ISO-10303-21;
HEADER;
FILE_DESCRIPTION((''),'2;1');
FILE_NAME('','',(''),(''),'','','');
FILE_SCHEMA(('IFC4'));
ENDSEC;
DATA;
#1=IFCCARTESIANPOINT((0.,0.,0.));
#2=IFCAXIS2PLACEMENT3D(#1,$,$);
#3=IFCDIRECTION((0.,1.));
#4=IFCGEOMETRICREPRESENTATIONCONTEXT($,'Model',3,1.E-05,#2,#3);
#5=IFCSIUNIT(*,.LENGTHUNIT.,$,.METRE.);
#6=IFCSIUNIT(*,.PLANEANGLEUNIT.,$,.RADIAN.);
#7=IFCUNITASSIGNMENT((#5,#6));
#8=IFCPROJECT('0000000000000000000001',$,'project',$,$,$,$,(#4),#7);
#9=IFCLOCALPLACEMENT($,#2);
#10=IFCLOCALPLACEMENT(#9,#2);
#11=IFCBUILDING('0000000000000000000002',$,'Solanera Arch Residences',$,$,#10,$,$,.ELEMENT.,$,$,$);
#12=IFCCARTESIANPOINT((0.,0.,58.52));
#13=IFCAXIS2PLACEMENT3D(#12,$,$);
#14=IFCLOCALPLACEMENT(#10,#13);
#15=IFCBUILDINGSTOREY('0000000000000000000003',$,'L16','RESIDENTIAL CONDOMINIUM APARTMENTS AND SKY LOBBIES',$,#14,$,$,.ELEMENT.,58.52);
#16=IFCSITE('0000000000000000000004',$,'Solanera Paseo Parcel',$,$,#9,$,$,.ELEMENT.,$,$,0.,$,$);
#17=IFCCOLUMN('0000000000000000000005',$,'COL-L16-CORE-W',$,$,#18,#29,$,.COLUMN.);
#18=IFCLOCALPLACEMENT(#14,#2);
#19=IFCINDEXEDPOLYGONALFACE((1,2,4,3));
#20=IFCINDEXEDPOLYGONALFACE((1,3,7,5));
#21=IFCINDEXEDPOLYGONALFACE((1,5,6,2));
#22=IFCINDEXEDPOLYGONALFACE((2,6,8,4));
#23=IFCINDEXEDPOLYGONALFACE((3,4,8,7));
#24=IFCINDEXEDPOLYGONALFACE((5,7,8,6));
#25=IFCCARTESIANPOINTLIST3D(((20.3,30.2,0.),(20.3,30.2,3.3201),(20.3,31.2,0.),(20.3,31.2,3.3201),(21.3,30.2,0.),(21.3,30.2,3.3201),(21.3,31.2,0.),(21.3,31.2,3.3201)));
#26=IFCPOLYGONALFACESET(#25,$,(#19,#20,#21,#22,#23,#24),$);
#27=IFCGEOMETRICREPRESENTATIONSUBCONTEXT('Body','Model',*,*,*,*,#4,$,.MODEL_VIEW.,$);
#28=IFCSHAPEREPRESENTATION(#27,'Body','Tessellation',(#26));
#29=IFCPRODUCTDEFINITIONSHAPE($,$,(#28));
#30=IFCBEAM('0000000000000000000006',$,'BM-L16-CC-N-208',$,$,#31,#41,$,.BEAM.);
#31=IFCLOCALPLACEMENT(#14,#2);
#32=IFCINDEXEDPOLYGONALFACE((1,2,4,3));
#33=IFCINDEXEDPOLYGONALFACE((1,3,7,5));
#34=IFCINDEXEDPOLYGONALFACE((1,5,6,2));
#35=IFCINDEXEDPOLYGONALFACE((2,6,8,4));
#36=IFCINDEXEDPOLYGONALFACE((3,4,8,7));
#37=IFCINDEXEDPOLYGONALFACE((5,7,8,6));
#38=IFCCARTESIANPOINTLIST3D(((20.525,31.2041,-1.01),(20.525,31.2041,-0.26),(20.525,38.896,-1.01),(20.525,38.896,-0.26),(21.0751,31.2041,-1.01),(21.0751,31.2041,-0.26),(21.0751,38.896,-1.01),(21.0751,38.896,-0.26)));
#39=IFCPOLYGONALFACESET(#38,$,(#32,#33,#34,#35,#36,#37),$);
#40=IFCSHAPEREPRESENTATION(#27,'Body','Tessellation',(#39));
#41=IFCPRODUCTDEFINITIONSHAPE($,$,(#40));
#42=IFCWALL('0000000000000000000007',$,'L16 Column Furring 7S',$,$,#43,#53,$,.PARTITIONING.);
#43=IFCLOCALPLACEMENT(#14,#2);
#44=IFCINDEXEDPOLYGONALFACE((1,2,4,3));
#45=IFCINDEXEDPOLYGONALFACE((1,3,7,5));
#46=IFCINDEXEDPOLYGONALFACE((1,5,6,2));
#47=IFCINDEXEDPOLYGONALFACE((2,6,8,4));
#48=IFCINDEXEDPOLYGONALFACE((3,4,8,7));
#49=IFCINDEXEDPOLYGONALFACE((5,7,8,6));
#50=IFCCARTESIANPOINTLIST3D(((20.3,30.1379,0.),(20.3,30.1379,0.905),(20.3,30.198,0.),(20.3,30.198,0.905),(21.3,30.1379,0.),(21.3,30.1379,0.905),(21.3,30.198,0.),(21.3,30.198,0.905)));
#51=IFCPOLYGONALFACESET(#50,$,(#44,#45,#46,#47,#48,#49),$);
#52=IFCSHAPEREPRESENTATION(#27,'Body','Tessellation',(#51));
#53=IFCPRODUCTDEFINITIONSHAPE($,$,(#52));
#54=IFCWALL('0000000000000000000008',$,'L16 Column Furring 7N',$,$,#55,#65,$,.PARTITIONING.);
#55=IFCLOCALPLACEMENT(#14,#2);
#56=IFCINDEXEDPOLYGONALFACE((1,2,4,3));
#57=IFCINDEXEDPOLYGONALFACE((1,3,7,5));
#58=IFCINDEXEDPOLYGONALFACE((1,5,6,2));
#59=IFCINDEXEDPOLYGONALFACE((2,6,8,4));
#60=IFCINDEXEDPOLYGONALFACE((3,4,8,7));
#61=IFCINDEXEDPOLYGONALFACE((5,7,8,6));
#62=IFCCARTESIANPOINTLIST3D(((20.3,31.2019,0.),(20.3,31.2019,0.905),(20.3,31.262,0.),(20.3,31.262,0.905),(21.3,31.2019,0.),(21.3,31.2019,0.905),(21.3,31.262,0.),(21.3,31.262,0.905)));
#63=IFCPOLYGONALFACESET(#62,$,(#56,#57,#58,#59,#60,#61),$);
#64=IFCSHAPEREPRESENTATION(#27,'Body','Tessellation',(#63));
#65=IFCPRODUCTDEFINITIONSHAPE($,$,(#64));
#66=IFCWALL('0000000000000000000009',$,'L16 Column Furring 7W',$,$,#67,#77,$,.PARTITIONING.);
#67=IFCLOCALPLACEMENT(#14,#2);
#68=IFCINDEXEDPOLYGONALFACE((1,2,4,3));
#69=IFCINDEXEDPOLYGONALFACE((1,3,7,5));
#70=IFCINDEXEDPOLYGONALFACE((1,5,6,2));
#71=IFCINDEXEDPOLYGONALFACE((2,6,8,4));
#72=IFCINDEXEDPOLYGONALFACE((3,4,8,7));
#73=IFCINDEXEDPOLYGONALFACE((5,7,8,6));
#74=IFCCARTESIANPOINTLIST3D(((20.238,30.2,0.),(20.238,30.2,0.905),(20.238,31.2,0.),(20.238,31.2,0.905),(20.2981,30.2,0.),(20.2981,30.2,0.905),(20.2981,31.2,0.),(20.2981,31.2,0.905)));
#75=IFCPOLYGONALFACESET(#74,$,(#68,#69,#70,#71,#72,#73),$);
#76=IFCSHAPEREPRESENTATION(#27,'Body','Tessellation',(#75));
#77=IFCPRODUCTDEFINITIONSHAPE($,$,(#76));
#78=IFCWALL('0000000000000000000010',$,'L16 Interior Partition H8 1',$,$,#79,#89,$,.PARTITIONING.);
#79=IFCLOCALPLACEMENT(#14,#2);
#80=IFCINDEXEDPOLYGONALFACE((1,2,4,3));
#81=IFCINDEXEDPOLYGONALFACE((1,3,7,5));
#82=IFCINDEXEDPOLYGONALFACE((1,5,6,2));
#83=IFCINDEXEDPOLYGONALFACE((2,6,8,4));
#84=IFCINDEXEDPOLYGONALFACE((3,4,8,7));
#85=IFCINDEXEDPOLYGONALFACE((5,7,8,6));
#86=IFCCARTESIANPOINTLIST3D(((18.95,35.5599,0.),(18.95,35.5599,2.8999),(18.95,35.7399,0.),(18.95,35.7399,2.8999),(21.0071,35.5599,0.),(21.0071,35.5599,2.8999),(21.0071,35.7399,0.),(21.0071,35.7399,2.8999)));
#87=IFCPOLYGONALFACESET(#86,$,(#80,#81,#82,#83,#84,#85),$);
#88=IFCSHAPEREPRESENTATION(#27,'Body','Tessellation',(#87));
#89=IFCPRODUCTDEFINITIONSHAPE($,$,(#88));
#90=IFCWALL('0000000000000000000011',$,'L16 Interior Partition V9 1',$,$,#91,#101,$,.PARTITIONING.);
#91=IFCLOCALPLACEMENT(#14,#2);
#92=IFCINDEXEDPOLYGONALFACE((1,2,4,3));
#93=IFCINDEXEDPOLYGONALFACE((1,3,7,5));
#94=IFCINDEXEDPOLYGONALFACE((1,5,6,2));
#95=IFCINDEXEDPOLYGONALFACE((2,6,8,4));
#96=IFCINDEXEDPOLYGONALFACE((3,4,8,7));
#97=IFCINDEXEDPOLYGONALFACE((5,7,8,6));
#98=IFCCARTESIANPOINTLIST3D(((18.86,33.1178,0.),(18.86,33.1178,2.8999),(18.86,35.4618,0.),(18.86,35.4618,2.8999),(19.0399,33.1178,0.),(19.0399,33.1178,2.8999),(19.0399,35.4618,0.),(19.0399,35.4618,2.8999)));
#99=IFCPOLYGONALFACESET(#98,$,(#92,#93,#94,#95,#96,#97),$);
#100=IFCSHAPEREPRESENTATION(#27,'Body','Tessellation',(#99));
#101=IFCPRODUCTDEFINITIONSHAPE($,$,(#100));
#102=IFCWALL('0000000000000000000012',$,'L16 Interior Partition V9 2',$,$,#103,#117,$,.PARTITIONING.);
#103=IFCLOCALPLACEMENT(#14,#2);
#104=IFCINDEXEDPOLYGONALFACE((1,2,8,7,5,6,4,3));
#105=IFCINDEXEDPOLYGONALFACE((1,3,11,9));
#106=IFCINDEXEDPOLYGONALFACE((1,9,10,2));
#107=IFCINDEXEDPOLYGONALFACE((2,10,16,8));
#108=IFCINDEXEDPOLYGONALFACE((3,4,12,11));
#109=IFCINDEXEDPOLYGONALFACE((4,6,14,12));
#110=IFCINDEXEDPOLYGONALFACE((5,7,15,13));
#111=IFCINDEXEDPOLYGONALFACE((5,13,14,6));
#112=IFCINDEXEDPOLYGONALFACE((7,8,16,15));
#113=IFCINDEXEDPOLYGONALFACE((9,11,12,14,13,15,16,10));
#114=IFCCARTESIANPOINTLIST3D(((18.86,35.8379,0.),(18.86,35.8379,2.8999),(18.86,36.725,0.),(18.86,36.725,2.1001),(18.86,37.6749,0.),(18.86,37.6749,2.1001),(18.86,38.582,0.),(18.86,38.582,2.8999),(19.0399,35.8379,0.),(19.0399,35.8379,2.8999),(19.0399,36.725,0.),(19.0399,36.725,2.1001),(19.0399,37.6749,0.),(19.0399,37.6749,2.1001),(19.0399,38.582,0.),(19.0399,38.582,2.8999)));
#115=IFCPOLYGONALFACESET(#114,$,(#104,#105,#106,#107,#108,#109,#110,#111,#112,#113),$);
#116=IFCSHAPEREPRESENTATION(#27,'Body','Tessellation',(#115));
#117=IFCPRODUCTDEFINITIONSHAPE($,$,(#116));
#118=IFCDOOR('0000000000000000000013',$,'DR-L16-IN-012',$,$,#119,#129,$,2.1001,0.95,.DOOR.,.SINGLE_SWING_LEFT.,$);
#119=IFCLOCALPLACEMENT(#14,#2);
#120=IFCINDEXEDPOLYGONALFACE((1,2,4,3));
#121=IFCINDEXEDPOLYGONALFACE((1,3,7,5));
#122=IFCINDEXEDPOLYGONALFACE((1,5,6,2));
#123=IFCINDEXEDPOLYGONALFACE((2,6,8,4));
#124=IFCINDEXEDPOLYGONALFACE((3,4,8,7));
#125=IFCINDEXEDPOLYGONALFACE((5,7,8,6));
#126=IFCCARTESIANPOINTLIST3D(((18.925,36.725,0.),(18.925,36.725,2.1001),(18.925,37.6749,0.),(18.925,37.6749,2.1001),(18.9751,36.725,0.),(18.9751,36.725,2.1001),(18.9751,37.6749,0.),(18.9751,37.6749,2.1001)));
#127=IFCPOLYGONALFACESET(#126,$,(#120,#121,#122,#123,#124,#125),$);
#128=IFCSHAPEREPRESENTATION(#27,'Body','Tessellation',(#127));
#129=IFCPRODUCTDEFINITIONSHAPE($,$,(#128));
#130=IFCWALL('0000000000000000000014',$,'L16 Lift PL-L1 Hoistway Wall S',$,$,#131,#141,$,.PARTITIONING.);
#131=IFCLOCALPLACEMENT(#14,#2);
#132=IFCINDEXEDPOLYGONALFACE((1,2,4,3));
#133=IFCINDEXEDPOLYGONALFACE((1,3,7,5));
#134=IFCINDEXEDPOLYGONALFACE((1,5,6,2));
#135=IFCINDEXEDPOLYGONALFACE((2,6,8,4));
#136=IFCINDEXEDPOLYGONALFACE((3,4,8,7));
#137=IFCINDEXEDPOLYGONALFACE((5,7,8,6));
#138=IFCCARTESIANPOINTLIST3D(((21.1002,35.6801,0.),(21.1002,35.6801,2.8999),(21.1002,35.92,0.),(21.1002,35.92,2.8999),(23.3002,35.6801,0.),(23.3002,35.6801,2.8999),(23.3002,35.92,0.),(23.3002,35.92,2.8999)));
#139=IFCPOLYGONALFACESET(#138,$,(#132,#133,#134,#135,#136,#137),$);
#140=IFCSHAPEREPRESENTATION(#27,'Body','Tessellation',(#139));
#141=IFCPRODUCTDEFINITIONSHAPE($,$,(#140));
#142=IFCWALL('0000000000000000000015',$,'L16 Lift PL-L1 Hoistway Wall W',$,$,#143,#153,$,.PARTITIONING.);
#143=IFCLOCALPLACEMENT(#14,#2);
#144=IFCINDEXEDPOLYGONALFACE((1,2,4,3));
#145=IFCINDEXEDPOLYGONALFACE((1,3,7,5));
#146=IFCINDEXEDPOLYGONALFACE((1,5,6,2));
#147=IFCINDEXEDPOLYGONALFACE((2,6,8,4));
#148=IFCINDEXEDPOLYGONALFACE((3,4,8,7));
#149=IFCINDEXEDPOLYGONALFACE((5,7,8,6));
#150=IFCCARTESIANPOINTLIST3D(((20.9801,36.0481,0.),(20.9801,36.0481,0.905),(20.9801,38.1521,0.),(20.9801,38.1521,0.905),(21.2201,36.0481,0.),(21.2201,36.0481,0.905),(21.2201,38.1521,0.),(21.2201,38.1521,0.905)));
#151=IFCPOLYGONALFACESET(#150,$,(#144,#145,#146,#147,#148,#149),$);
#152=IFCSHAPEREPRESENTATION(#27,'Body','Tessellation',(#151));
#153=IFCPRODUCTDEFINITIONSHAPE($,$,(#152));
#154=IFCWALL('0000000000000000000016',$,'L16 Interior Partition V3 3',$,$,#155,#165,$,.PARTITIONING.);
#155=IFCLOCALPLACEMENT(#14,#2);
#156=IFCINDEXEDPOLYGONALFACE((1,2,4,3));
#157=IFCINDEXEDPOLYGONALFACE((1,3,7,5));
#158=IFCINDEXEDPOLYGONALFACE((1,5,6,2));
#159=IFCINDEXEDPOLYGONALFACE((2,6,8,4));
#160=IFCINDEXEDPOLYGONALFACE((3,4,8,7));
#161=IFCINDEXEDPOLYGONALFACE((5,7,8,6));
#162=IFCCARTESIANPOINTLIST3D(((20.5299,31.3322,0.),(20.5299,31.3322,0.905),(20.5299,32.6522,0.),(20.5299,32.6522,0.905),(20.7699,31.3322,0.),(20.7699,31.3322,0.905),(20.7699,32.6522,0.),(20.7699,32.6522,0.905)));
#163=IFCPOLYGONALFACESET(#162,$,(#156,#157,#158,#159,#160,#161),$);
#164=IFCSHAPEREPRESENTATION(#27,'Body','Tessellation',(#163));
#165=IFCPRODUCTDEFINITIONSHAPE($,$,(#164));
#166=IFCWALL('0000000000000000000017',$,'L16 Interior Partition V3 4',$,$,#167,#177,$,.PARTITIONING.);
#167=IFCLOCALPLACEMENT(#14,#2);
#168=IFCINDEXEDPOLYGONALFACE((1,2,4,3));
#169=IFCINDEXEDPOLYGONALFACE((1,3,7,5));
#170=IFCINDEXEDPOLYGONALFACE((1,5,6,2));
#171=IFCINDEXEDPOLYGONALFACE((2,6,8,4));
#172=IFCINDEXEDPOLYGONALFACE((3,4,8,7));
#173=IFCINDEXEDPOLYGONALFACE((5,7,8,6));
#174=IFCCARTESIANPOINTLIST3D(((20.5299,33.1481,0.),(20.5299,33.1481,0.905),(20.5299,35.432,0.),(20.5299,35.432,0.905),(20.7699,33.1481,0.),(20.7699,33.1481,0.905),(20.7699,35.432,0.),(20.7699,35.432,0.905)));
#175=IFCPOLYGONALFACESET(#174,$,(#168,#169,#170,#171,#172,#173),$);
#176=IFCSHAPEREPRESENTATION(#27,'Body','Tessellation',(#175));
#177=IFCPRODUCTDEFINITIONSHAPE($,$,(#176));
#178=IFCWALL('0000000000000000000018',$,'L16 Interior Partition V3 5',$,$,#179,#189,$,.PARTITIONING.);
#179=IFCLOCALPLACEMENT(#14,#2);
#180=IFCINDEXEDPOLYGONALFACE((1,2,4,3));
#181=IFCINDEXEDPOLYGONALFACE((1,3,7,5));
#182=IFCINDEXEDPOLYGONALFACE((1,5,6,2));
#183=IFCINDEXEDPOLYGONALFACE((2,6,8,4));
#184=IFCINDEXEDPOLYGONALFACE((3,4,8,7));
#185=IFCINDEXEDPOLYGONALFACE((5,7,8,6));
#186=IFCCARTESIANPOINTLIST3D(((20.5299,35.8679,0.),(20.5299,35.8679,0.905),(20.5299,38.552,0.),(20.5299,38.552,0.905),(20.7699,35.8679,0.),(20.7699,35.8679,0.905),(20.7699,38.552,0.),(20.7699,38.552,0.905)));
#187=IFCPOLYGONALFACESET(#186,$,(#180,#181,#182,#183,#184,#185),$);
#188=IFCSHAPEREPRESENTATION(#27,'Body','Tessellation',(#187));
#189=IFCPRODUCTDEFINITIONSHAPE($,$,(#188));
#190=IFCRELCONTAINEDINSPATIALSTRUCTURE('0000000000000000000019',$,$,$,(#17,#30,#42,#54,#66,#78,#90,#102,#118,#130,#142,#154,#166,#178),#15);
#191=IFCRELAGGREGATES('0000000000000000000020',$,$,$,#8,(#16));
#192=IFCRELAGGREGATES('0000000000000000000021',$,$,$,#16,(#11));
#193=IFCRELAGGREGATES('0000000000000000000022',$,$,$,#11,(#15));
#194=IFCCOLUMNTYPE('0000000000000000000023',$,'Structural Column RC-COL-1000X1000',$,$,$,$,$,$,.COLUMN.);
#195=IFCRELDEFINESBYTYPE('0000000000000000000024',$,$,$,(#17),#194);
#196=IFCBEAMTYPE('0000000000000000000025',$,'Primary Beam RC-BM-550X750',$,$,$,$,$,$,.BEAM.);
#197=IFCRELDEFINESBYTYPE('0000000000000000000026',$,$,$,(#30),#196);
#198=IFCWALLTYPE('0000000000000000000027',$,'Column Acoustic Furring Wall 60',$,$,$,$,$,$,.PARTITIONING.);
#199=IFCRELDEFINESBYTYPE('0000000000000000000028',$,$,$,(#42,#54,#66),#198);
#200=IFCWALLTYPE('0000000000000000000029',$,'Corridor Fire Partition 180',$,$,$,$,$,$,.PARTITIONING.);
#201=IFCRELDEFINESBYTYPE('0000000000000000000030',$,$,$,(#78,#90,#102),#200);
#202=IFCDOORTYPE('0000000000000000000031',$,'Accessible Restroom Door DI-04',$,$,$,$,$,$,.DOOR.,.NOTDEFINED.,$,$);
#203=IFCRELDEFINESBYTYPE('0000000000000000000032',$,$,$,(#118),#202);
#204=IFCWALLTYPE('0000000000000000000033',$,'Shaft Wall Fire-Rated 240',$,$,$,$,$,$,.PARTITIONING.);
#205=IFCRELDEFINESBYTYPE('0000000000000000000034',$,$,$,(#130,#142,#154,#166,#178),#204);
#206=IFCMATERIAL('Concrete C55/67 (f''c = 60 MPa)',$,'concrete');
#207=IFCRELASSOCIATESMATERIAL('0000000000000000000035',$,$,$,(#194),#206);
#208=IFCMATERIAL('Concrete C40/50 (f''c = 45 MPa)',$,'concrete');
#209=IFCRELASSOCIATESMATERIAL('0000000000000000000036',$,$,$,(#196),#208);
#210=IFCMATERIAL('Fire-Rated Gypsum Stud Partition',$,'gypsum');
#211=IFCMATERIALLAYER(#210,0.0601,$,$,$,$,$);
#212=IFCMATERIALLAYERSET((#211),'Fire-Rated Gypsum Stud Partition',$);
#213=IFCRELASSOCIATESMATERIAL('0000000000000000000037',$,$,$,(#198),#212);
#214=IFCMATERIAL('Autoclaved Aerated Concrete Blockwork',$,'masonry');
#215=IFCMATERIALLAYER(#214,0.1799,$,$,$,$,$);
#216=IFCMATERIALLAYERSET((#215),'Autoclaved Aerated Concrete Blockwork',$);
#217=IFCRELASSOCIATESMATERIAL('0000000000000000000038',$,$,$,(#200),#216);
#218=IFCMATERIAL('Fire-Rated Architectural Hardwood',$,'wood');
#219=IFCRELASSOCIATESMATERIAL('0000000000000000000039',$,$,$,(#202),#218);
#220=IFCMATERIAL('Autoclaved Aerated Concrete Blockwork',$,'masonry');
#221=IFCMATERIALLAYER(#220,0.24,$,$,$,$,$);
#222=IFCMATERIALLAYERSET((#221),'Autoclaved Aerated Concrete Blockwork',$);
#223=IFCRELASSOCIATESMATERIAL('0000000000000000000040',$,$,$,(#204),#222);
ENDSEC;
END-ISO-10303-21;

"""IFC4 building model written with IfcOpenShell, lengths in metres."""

from ifc_helpers import new_model, si_unit, direction, frame, frame_2d, origin, origin_2d, place, context, subcontext, project, spatial, rectangle, extrude, material, layer, layer_set, material_profile, profile_set, type_object, element, fill, save


model = new_model("IFC4")

# Units and contexts
model_context = context("Model", 3, precision=1e-05, world=origin(), true_north=direction((0.0, 1.0)))
body_context = subcontext(model_context, "Body", "Model", "MODEL_VIEW")
ifc_project = project(units=[si_unit("LENGTHUNIT", "METRE"), si_unit("PLANEANGLEUNIT", "RADIAN")], contexts=[model_context])

# Site, building, storey
site_placement = place(None, origin())
site = spatial("IfcSite", under=ifc_project, at=site_placement, Name="Solanera Paseo Parcel", CompositionType="ELEMENT", RefElevation=0.0)
building_placement = place(site_placement, origin())
building = spatial("IfcBuilding", under=site, at=building_placement, Name="Solanera Arch Residences", CompositionType="ELEMENT")
storey_placement = place(building_placement, frame((0.0, 0.0, 58.52)))
storey = spatial("IfcBuildingStorey", under=building, at=storey_placement, Name="L16", Description="RESIDENTIAL CONDOMINIUM APARTMENTS AND SKY LOBBIES", CompositionType="ELEMENT", Elevation=58.52)

# Column
ifc_material_1 = material(Name="Concrete C55/67 (f'c = 60 MPa)", Category="concrete")
ifc_material_profile_1 = material_profile(ifc_material_1, rectangle(XDim=1.0, YDim=1.0, at=origin_2d()))
ifc_profile_set_1 = profile_set([ifc_material_profile_1], Name="Concrete C55/67 (f'c = 60 MPa)")
column_type = type_object("IfcColumnType", Name="Structural Column RC-COL-1000X1000", PredefinedType="COLUMN", material=ifc_profile_set_1)
column_placement = place(storey_placement, frame((20.8, 30.7, 0.0), z_axis=(0.0, 0.0, 1.0), x_axis=(1.0, 0.0, 0.0)))
element("IfcColumn", 1, at=column_placement, inside=storey, type_object=column_type, Name="COL-L16-CORE-W", PredefinedType="COLUMN", context=body_context, shape_type="SweptSolid", body=[
    extrude(rectangle(XDim=1.0, YDim=1.0, at=origin_2d()), origin(), (0.0, 0.0, 1.0), 3.3201),
])

# Beam
ifc_material_2 = material(Name="Concrete C40/50 (f'c = 45 MPa)", Category="concrete")
ifc_material_profile_2 = material_profile(ifc_material_2, rectangle(XDim=0.55, YDim=0.75, at=origin_2d()))
ifc_profile_set_2 = profile_set([ifc_material_profile_2], Name="Concrete C40/50 (f'c = 45 MPa)")
beam_type = type_object("IfcBeamType", Name="Primary Beam RC-BM-550X750", PredefinedType="BEAM", material=ifc_profile_set_2)
beam_placement = place(storey_placement, frame((20.8, 31.2041, -0.635), z_axis=(0.0, 1.0, 0.0), x_axis=(-1.0, 0.0, 0.0)))
element("IfcBeam", 2, at=beam_placement, inside=storey, type_object=beam_type, Name="BM-L16-CC-N-208", PredefinedType="BEAM", context=body_context, shape_type="SweptSolid", body=[
    extrude(rectangle(XDim=0.55, YDim=0.75, at=origin_2d()), origin(), (0.0, 0.0, 1.0), 7.6919),
])

# Walls
ifc_material_3 = material(Name="Fire-Rated Gypsum Stud Partition", Category="gypsum")
ifc_layer_1 = layer(ifc_material_3, 0.0601)
ifc_layer_set_1 = layer_set([ifc_layer_1], Name="Fire-Rated Gypsum Stud Partition")
wall_type_1 = type_object("IfcWallType", Name="Column Acoustic Furring Wall 60", PredefinedType="PARTITIONING", material=ifc_layer_set_1)
for number, where, z_axis, x_axis, name in (
    (3, (20.3, 30.168, 0.0), (0.0, 0.0, 1.0), (1.0, 0.0, 0.0), "L16 Column Furring 7S"),
    (4, (20.3, 31.2319, 0.0), (0.0, 0.0, 1.0), (1.0, 0.0, 0.0), "L16 Column Furring 7N"),
    (5, (20.2681, 30.2, 0.0), (0.0, 0.0, 1.0), (0.0, 1.0, 0.0), "L16 Column Furring 7W"),
):
    element("IfcWall", number, at=place(storey_placement, frame(where, z_axis=z_axis, x_axis=x_axis)), inside=storey, type_object=wall_type_1, Name=name, PredefinedType="PARTITIONING", context=body_context, shape_type="SweptSolid", body=[
        extrude(rectangle(XDim=1.0, YDim=0.0601, at=frame_2d((0.5, 0.0))), origin(), (0.0, 0.0, 1.0), 0.905),
    ])

# Walls
ifc_material_4 = material(Name="Autoclaved Aerated Concrete Blockwork", Category="masonry")
ifc_layer_2 = layer(ifc_material_4, 0.1799)
ifc_layer_set_2 = layer_set([ifc_layer_2], Name="Autoclaved Aerated Concrete Blockwork")
wall_type_2 = type_object("IfcWallType", Name="Corridor Fire Partition 180", PredefinedType="PARTITIONING", material=ifc_layer_set_2)
wall_1_placement = place(storey_placement, frame((18.95, 35.6499, 0.0), z_axis=(0.0, 0.0, 1.0), x_axis=(1.0, 0.0, 0.0)))
element("IfcWall", 6, at=wall_1_placement, inside=storey, type_object=wall_type_2, Name="L16 Interior Partition H8 1", PredefinedType="PARTITIONING", context=body_context, shape_type="SweptSolid", body=[
    extrude(rectangle(XDim=2.0571, YDim=0.1799, at=frame_2d((1.0286, 0.0))), origin(), (0.0, 0.0, 1.0), 2.8999),
])
wall_2_placement = place(storey_placement, frame((18.95, 33.1179, 0.0), z_axis=(0.0, 0.0, 1.0), x_axis=(0.0, 1.0, 0.0)))
element("IfcWall", 7, at=wall_2_placement, inside=storey, type_object=wall_type_2, Name="L16 Interior Partition V9 1", PredefinedType="PARTITIONING", context=body_context, shape_type="SweptSolid", body=[
    extrude(rectangle(XDim=2.344, YDim=0.1799, at=frame_2d((1.1719, 0.0))), origin(), (0.0, 0.0, 1.0), 2.8999),
])

# Wall, opening, door
wall_3_placement = place(storey_placement, frame((18.95, 35.8379, 0.0), z_axis=(0.0, 0.0, 1.0), x_axis=(0.0, 1.0, 0.0)))
wall_3 = element("IfcWall", 8, at=wall_3_placement, inside=storey, type_object=wall_type_2, Name="L16 Interior Partition V9 2", PredefinedType="PARTITIONING", context=body_context, shape_type="SweptSolid", body=[
    extrude(rectangle(XDim=2.7441, YDim=0.1799, at=frame_2d((1.3721, 0.0))), origin(), (0.0, 0.0, 1.0), 2.8999),
])
opening_1_placement = place(wall_3_placement, frame((0.887, 0.0, 0.0)))
opening_1 = element("IfcOpeningElement", 9, at=opening_1_placement, cuts=wall_3, PredefinedType="OPENING", context=body_context, shape_type="SweptSolid", body=[
    extrude(rectangle(XDim=0.95, YDim=2.1001, at=frame_2d((0.4751, 1.05))), frame((0.0, 0.1001, 0.0), z_axis=(0.0, -1.0, 0.0), x_axis=(1.0, 0.0, 0.0)), (0.0, 0.0, 1.0), 0.1999),
])
ifc_material_5 = material(Name="Fire-Rated Architectural Hardwood", Category="wood")
door_type_1 = type_object("IfcDoorType", Name="Accessible Restroom Door DI-04", OperationType="NOTDEFINED", PredefinedType="DOOR", material=ifc_material_5)
door_1_placement = place(opening_1_placement, origin())
door_1 = element("IfcDoor", 10, at=door_1_placement, inside=storey, type_object=door_type_1, Name="DR-L16-IN-012", OperationType="SINGLE_SWING_LEFT", OverallHeight=2.1001, OverallWidth=0.95, PredefinedType="DOOR", context=body_context, shape_type="SweptSolid", body=[
    extrude(rectangle(XDim=0.95, YDim=2.1001, at=frame_2d((0.4751, 1.05))), frame((0.0, 0.0249, 0.0), z_axis=(0.0, -1.0, 0.0), x_axis=(1.0, 0.0, 0.0)), (0.0, 0.0, 1.0), 0.05),
])
fill(opening_1, door_1)

# Walls
ifc_material_6 = material(Name="Autoclaved Aerated Concrete Blockwork", Category="masonry")
ifc_layer_3 = layer(ifc_material_6, 0.24)
ifc_layer_set_3 = layer_set([ifc_layer_3], Name="Autoclaved Aerated Concrete Blockwork")
wall_type_3 = type_object("IfcWallType", Name="Shaft Wall Fire-Rated 240", PredefinedType="PARTITIONING", material=ifc_layer_set_3)
wall_4_placement = place(storey_placement, frame((21.1001, 35.8, 0.0), z_axis=(0.0, 0.0, 1.0), x_axis=(1.0, 0.0, 0.0)))
element("IfcWall", 11, at=wall_4_placement, inside=storey, type_object=wall_type_3, Name="L16 Lift PL-L1 Hoistway Wall S", PredefinedType="PARTITIONING", context=body_context, shape_type="SweptSolid", body=[
    extrude(rectangle(XDim=2.2, YDim=0.24, at=frame_2d((1.1001, 0.0))), origin(), (0.0, 0.0, 1.0), 2.8999),
])
wall_5_placement = place(storey_placement, frame((21.1001, 36.0481, 0.0), z_axis=(0.0, 0.0, 1.0), x_axis=(0.0, 1.0, 0.0)))
element("IfcWall", 12, at=wall_5_placement, inside=storey, type_object=wall_type_3, Name="L16 Lift PL-L1 Hoistway Wall W", PredefinedType="PARTITIONING", context=body_context, shape_type="SweptSolid", body=[
    extrude(rectangle(XDim=2.104, YDim=0.24, at=frame_2d((1.052, 0.0))), origin(), (0.0, 0.0, 1.0), 0.905),
])

# Walls
wall_6_placement = place(storey_placement, frame((20.6499, 31.332, 0.0), z_axis=(0.0, 0.0, 1.0), x_axis=(0.0, 1.0, 0.0)))
element("IfcWall", 13, at=wall_6_placement, inside=storey, type_object=wall_type_3, Name="L16 Interior Partition V3 3", PredefinedType="PARTITIONING", context=body_context, shape_type="SweptSolid", body=[
    extrude(rectangle(XDim=1.3201, YDim=0.24, at=frame_2d((0.6602, 0.0))), origin(), (0.0, 0.0, 1.0), 0.905),
])
wall_7_placement = place(storey_placement, frame((20.6499, 33.1479, 0.0), z_axis=(0.0, 0.0, 1.0), x_axis=(0.0, 1.0, 0.0)))
element("IfcWall", 14, at=wall_7_placement, inside=storey, type_object=wall_type_3, Name="L16 Interior Partition V3 4", PredefinedType="PARTITIONING", context=body_context, shape_type="SweptSolid", body=[
    extrude(rectangle(XDim=2.2839, YDim=0.24, at=frame_2d((1.1421, 0.0))), origin(), (0.0, 0.0, 1.0), 0.905),
])
wall_8_placement = place(storey_placement, frame((20.6499, 35.8679, 0.0), z_axis=(0.0, 0.0, 1.0), x_axis=(0.0, 1.0, 0.0)))
element("IfcWall", 15, at=wall_8_placement, inside=storey, type_object=wall_type_3, Name="L16 Interior Partition V3 5", PredefinedType="PARTITIONING", context=body_context, shape_type="SweptSolid", body=[
    extrude(rectangle(XDim=2.6841, YDim=0.24, at=frame_2d((1.342, 0.0))), origin(), (0.0, 0.0, 1.0), 0.905),
])

save(model, "model.ifc")
